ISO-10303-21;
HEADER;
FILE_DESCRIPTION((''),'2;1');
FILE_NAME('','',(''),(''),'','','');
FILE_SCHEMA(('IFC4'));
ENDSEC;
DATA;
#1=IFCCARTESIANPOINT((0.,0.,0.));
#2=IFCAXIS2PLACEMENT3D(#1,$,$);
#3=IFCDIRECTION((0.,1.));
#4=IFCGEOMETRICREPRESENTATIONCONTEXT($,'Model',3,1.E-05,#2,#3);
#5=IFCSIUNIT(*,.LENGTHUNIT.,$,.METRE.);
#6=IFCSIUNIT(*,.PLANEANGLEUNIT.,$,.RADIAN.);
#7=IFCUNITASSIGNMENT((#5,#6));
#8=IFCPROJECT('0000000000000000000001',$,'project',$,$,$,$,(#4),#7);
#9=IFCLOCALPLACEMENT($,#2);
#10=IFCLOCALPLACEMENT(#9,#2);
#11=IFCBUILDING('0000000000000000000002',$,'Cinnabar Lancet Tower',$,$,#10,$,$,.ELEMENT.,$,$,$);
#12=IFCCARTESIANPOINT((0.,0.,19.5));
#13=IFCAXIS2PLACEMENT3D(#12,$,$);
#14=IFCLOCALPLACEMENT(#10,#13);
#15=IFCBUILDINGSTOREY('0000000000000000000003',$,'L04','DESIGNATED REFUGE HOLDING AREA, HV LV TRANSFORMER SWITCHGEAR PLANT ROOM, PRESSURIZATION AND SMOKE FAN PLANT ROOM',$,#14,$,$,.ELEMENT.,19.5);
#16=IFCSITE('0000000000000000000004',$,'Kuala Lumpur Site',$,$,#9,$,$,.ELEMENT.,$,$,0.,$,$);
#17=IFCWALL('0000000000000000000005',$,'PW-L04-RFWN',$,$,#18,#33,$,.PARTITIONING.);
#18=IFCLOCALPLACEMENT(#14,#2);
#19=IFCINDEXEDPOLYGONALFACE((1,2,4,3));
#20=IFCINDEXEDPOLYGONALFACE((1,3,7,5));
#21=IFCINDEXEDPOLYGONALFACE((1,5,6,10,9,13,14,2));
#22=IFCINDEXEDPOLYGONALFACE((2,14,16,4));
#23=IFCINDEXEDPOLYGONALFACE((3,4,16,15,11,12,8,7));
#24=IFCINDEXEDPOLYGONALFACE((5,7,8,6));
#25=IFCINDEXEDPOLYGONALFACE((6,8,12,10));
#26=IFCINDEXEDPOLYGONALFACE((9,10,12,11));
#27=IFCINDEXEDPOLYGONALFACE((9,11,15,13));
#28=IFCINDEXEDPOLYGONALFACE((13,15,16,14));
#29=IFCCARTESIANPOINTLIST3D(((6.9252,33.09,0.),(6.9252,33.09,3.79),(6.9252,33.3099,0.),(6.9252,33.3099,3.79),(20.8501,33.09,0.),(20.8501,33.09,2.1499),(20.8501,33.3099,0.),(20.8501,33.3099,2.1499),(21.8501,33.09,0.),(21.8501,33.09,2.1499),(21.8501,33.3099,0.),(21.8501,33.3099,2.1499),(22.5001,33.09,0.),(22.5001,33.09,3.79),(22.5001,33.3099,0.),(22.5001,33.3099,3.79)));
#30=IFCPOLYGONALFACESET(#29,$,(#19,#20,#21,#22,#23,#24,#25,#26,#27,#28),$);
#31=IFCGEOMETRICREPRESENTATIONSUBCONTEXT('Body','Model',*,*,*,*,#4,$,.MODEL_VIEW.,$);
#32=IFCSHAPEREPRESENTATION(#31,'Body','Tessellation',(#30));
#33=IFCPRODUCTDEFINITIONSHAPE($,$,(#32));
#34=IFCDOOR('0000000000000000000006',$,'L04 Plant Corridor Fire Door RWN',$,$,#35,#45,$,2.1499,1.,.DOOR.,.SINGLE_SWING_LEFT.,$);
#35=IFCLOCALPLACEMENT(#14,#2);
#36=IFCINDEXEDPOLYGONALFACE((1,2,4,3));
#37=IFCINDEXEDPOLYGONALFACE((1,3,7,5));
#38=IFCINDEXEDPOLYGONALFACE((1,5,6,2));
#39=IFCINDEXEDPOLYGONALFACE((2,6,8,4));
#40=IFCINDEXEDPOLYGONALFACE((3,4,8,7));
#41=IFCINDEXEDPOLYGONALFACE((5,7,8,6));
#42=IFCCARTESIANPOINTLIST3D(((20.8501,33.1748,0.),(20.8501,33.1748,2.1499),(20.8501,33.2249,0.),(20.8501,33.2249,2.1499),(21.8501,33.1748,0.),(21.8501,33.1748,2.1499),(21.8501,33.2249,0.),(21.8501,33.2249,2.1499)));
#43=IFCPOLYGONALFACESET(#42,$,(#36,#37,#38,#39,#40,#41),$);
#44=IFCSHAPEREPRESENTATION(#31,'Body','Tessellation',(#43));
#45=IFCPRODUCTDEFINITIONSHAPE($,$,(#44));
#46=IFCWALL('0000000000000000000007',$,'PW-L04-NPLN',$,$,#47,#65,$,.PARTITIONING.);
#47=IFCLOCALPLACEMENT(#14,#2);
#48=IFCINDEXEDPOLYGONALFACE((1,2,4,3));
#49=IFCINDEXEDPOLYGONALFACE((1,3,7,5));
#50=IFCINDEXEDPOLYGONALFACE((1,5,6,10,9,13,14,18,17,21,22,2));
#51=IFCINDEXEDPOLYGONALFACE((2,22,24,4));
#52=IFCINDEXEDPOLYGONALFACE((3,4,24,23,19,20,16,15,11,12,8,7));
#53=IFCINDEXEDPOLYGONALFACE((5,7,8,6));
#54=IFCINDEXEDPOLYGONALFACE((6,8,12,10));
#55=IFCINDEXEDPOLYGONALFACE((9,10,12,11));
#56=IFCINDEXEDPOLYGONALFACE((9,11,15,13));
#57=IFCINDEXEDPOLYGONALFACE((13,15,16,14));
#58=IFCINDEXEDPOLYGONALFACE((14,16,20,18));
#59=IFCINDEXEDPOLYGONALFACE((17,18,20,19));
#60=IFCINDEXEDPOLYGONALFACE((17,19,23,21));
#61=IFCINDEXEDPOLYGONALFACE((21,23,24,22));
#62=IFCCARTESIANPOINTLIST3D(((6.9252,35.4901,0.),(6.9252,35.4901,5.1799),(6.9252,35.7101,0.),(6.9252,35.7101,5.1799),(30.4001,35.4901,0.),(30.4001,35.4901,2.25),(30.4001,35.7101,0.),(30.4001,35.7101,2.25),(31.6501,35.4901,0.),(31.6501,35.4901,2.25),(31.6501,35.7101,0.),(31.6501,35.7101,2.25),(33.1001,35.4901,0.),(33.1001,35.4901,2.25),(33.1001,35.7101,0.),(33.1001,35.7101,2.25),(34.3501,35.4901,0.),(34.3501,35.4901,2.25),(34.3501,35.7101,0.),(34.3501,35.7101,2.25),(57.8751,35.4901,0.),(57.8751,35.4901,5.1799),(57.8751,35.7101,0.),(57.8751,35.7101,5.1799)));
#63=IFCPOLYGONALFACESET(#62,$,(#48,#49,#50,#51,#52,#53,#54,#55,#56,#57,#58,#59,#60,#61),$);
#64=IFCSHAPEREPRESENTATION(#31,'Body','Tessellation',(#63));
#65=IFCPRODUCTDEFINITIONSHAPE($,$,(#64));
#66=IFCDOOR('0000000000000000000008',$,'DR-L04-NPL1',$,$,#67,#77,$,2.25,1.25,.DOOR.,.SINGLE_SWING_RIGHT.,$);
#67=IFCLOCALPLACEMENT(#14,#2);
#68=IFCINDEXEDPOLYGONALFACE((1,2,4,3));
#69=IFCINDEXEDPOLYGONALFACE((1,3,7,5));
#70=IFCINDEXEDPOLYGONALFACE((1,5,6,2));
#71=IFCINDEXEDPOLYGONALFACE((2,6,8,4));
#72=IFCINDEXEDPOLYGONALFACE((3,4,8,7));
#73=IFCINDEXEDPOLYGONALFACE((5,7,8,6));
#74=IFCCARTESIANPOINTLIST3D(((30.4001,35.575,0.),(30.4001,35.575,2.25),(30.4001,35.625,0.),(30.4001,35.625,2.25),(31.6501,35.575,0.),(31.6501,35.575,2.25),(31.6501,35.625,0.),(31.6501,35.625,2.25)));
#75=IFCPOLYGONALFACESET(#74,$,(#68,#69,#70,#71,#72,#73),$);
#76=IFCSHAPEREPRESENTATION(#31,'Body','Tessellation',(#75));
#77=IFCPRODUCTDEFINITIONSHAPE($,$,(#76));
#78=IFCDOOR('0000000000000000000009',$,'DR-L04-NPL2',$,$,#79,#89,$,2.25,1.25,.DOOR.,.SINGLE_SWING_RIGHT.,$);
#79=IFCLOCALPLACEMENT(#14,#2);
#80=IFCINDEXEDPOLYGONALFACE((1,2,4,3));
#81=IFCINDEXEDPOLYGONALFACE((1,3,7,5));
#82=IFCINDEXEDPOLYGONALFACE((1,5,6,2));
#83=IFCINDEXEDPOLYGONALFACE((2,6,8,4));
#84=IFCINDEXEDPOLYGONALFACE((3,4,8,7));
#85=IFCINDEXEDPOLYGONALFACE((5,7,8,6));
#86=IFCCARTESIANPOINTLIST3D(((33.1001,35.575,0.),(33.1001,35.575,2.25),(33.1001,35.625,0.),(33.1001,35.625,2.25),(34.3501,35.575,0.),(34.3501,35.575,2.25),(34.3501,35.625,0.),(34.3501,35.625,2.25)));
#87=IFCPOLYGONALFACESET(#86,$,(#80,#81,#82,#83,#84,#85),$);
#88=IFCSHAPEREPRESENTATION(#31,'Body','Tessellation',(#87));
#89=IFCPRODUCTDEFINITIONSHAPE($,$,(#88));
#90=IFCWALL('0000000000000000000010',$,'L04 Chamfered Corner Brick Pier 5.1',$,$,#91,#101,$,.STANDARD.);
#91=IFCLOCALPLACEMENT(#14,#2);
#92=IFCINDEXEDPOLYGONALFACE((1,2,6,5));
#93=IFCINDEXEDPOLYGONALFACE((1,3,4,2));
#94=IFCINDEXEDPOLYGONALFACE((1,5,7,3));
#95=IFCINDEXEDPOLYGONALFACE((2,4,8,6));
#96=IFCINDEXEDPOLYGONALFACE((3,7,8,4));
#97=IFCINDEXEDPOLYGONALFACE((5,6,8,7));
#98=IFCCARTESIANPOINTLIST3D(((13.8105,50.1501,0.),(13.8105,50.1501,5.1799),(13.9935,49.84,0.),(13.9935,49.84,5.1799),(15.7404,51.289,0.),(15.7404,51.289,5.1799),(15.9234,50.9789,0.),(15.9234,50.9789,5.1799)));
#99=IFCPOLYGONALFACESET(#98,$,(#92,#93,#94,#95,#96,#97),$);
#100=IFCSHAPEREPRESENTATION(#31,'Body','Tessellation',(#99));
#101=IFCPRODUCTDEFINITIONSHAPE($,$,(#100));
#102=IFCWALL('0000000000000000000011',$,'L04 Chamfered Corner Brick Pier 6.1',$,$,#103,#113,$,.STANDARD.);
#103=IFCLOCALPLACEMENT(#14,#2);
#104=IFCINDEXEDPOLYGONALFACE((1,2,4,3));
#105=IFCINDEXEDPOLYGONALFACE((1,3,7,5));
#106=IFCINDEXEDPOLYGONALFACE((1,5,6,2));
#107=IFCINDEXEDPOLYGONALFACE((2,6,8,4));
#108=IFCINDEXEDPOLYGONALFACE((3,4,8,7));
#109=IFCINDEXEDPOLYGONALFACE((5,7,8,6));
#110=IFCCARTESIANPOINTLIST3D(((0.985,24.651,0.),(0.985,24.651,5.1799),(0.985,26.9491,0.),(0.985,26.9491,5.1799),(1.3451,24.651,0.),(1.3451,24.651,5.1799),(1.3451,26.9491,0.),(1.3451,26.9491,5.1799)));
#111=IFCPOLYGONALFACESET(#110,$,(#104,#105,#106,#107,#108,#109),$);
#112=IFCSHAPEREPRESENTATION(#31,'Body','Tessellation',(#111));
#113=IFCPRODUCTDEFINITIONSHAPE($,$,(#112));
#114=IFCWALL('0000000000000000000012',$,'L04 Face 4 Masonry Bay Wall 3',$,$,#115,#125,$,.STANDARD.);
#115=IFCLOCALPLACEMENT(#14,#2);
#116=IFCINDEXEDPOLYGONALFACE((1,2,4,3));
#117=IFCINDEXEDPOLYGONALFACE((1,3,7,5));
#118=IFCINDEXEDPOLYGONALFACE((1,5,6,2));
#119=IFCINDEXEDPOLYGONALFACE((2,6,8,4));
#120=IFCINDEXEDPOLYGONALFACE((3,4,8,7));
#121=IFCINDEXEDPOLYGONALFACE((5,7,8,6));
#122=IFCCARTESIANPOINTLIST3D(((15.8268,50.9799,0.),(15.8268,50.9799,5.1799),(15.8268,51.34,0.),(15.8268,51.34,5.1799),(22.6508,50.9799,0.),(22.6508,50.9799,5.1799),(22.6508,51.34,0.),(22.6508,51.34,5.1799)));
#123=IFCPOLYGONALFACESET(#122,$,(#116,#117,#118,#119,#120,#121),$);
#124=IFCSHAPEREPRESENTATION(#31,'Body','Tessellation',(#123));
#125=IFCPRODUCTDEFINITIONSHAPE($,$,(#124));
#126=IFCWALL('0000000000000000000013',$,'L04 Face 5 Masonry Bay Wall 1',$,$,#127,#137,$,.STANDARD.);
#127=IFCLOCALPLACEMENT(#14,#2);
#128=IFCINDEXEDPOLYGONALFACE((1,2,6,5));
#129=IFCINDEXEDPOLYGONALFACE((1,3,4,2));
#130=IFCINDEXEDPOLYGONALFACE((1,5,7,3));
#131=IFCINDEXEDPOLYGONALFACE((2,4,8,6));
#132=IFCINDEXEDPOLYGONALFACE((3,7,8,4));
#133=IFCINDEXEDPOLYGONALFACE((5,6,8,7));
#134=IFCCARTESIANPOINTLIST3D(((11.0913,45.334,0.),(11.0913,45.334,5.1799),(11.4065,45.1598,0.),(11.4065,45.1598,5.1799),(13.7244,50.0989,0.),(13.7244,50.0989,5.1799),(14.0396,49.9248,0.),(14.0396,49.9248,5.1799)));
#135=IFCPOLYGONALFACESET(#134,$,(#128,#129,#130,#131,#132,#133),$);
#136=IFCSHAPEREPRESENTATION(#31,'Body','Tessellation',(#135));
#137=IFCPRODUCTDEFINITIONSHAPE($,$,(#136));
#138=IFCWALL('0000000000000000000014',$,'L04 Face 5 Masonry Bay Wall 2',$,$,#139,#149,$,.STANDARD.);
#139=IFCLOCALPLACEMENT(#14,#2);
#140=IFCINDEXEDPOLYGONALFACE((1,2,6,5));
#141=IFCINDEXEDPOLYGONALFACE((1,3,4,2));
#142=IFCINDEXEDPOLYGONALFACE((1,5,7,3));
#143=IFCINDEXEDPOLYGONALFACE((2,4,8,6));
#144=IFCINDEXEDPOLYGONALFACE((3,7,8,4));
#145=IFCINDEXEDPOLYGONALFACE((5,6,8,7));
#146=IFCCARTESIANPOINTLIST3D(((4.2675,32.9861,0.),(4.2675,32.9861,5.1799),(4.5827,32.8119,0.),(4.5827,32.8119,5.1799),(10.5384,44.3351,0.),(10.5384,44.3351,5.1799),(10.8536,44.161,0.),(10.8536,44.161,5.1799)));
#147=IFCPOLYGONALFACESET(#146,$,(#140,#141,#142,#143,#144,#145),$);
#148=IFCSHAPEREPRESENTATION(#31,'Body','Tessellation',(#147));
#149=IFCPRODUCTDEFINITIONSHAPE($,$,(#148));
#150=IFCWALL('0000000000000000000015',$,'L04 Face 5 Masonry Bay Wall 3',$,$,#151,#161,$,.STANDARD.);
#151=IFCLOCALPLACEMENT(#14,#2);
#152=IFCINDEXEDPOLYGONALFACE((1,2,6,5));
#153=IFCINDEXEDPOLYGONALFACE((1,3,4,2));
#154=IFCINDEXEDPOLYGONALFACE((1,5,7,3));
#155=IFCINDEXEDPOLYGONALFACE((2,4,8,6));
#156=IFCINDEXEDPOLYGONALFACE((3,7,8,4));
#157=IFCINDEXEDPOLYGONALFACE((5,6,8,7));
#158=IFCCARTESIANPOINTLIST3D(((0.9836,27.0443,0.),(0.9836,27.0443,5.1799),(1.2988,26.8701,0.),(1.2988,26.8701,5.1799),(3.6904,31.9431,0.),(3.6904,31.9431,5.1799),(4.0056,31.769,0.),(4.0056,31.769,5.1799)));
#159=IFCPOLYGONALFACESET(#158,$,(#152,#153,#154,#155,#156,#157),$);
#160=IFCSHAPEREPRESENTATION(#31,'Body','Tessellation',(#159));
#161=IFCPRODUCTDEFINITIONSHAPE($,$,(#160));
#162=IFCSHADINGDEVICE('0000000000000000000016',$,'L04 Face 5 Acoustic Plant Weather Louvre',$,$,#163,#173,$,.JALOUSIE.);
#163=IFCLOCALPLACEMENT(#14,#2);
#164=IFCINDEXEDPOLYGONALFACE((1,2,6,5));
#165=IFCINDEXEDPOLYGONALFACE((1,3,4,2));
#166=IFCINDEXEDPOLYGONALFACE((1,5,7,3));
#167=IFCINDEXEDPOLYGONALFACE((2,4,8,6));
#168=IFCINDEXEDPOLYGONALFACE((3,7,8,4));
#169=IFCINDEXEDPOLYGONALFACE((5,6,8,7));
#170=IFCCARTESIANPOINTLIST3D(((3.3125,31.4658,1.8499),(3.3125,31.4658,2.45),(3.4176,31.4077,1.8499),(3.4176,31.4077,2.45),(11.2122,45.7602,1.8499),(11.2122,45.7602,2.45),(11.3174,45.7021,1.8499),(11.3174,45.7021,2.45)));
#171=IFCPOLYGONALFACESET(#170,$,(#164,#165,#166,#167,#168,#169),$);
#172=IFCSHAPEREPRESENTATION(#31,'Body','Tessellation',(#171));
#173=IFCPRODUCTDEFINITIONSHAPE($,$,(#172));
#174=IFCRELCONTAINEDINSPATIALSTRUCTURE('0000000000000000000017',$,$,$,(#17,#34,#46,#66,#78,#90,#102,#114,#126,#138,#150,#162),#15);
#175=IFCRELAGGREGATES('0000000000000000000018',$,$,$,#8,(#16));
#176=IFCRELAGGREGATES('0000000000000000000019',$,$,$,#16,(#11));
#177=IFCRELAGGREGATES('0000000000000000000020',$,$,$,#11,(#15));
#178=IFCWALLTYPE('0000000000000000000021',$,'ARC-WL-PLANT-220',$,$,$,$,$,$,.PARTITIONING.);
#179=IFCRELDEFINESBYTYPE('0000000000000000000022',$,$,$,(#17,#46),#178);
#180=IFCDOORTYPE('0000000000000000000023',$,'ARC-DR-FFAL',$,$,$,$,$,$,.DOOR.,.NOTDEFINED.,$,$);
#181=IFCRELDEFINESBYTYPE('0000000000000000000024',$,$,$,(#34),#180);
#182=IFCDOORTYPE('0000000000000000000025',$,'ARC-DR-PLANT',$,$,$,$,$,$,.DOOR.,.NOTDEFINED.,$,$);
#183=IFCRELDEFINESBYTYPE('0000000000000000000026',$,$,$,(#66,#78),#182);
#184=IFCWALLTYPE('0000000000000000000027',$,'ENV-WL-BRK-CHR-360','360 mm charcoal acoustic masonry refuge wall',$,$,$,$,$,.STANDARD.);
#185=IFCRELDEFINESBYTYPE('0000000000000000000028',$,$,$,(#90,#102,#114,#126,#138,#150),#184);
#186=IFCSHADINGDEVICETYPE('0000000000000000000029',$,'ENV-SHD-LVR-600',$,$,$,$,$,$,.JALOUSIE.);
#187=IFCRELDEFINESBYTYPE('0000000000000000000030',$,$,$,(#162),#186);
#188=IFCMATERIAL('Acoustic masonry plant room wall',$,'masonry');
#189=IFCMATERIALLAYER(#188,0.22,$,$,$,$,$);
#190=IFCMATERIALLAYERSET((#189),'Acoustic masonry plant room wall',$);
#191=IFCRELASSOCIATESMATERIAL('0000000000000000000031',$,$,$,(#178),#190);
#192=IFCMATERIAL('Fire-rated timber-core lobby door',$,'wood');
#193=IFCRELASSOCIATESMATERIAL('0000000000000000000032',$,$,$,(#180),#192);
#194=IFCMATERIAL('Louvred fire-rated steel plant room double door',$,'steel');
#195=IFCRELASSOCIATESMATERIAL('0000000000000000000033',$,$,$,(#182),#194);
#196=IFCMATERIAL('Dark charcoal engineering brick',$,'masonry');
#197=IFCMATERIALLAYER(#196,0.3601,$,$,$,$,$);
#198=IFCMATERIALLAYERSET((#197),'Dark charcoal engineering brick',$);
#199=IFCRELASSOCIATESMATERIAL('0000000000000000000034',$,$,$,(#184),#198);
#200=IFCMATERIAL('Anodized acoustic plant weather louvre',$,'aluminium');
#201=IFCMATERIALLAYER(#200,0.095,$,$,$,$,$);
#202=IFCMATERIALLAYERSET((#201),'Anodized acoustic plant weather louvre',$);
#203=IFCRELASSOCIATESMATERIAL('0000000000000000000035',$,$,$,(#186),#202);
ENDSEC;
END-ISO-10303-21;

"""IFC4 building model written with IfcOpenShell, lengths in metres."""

from ifc_helpers import new_model, si_unit, direction, frame, frame_2d, origin, origin_2d, place, context, subcontext, project, spatial, rectangle, extrude, material, layer, layer_set, type_object, element, fill, save


model = new_model("IFC4")

# Units and contexts
model_context = context("Model", 3, precision=1e-05, world=origin(), true_north=direction((0.0, 1.0)))
body_context = subcontext(model_context, "Body", "Model", "MODEL_VIEW")
ifc_project = project(units=[si_unit("LENGTHUNIT", "METRE"), si_unit("PLANEANGLEUNIT", "RADIAN")], contexts=[model_context])

# Site, building, storey
site_placement = place(None, origin())
site = spatial("IfcSite", under=ifc_project, at=site_placement, Name="Kuala Lumpur Site", CompositionType="ELEMENT", RefElevation=0.0)
building_placement = place(site_placement, origin())
building = spatial("IfcBuilding", under=site, at=building_placement, Name="Cinnabar Lancet Tower", CompositionType="ELEMENT")
storey_placement = place(building_placement, frame((0.0, 0.0, 19.5)))
storey = spatial("IfcBuildingStorey", under=building, at=storey_placement, Name="L04", Description="DESIGNATED REFUGE HOLDING AREA, HV LV TRANSFORMER SWITCHGEAR PLANT ROOM, PRESSURIZATION AND SMOKE FAN PLANT ROOM", CompositionType="ELEMENT", Elevation=19.5)

# Wall, opening, door
ifc_material_1 = material(Name="Acoustic masonry plant room wall", Category="masonry")
ifc_layer_1 = layer(ifc_material_1, 0.22)
ifc_layer_set_1 = layer_set([ifc_layer_1], Name="Acoustic masonry plant room wall")
wall_type_1 = type_object("IfcWallType", Name="ARC-WL-PLANT-220", PredefinedType="PARTITIONING", material=ifc_layer_set_1)
wall_1_placement = place(storey_placement, frame((6.925, 33.2, 0.0), z_axis=(0.0, 0.0, 1.0), x_axis=(1.0, 0.0, 0.0)))
wall_1 = element("IfcWall", 1, at=wall_1_placement, inside=storey, type_object=wall_type_1, Name="PW-L04-RFWN", PredefinedType="PARTITIONING", context=body_context, shape_type="SweptSolid", body=[
    extrude(rectangle(XDim=15.575, YDim=0.22, at=frame_2d((7.7876, 0.0))), origin(), (0.0, 0.0, 1.0), 3.79),
])
opening_1_placement = place(wall_1_placement, frame((13.925, 0.0, 0.0)))
opening_1 = element("IfcOpeningElement", 2, at=opening_1_placement, cuts=wall_1, PredefinedType="OPENING", context=body_context, shape_type="SweptSolid", body=[
    extrude(rectangle(XDim=1.0, YDim=2.1499, at=frame_2d((0.5, 1.075))), frame((0.0, 0.1199, 0.0), z_axis=(0.0, -1.0, 0.0), x_axis=(1.0, 0.0, 0.0)), (0.0, 0.0, 1.0), 0.24),
])
ifc_material_2 = material(Name="Fire-rated timber-core lobby door", Category="wood")
door_type_1 = type_object("IfcDoorType", Name="ARC-DR-FFAL", OperationType="NOTDEFINED", PredefinedType="DOOR", material=ifc_material_2)
door_1_placement = place(opening_1_placement, origin())
door_1 = element("IfcDoor", 3, at=door_1_placement, inside=storey, type_object=door_type_1, Name="L04 Plant Corridor Fire Door RWN", OperationType="SINGLE_SWING_LEFT", OverallHeight=2.1499, OverallWidth=1.0, PredefinedType="DOOR", context=body_context, shape_type="SweptSolid", body=[
    extrude(rectangle(XDim=1.0, YDim=2.1499, at=frame_2d((0.5, 1.075))), frame((0.0, 0.0249, 0.0), z_axis=(0.0, -1.0, 0.0), x_axis=(1.0, 0.0, 0.0)), (0.0, 0.0, 1.0), 0.05),
])
fill(opening_1, door_1)

# Wall, openings, doors
wall_2_placement = place(storey_placement, frame((6.925, 35.6001, 0.0), z_axis=(0.0, 0.0, 1.0), x_axis=(1.0, 0.0, 0.0)))
wall_2 = element("IfcWall", 4, at=wall_2_placement, inside=storey, type_object=wall_type_1, Name="PW-L04-NPLN", PredefinedType="PARTITIONING", context=body_context, shape_type="SweptSolid", body=[
    extrude(rectangle(XDim=50.95, YDim=0.22, at=frame_2d((25.4751, 0.0))), origin(), (0.0, 0.0, 1.0), 5.1799),
])
opening_2_placement = place(wall_2_placement, frame((23.4751, 0.0, 0.0)))
opening_2 = element("IfcOpeningElement", 5, at=opening_2_placement, cuts=wall_2, PredefinedType="OPENING", context=body_context, shape_type="SweptSolid", body=[
    extrude(rectangle(XDim=1.25, YDim=2.25, at=frame_2d((0.625, 1.125))), frame((0.0, 0.1199, 0.0), z_axis=(0.0, -1.0, 0.0), x_axis=(1.0, 0.0, 0.0)), (0.0, 0.0, 1.0), 0.24),
])
opening_3_placement = place(wall_2_placement, frame((26.175, 0.0, 0.0)))
opening_3 = element("IfcOpeningElement", 6, at=opening_3_placement, cuts=wall_2, PredefinedType="OPENING", context=body_context, shape_type="SweptSolid", body=[
    extrude(rectangle(XDim=1.25, YDim=2.25, at=frame_2d((0.625, 1.125))), frame((0.0, 0.1199, 0.0), z_axis=(0.0, -1.0, 0.0), x_axis=(1.0, 0.0, 0.0)), (0.0, 0.0, 1.0), 0.24),
])
ifc_material_3 = material(Name="Louvred fire-rated steel plant room double door", Category="steel")
door_type_2 = type_object("IfcDoorType", Name="ARC-DR-PLANT", OperationType="NOTDEFINED", PredefinedType="DOOR", material=ifc_material_3)
door_2_placement = place(opening_2_placement, origin())
door_2 = element("IfcDoor", 7, at=door_2_placement, inside=storey, type_object=door_type_2, Name="DR-L04-NPL1", OperationType="SINGLE_SWING_RIGHT", OverallHeight=2.25, OverallWidth=1.25, PredefinedType="DOOR", context=body_context, shape_type="SweptSolid", body=[
    extrude(rectangle(XDim=1.25, YDim=2.25, at=frame_2d((0.625, 1.125))), frame((0.0, 0.0249, 0.0), z_axis=(0.0, -1.0, 0.0), x_axis=(1.0, 0.0, 0.0)), (0.0, 0.0, 1.0), 0.05),
])
fill(opening_2, door_2)
door_3_placement = place(opening_3_placement, origin())
door_3 = element("IfcDoor", 8, at=door_3_placement, inside=storey, type_object=door_type_2, Name="DR-L04-NPL2", OperationType="SINGLE_SWING_RIGHT", OverallHeight=2.25, OverallWidth=1.25, PredefinedType="DOOR", context=body_context, shape_type="SweptSolid", body=[
    extrude(rectangle(XDim=1.25, YDim=2.25, at=frame_2d((0.625, 1.125))), frame((0.0, 0.0249, 0.0), z_axis=(0.0, -1.0, 0.0), x_axis=(1.0, 0.0, 0.0)), (0.0, 0.0, 1.0), 0.05),
])
fill(opening_3, door_3)

# Walls
ifc_material_4 = material(Name="Dark charcoal engineering brick", Category="masonry")
ifc_layer_2 = layer(ifc_material_4, 0.3601)
ifc_layer_set_2 = layer_set([ifc_layer_2], Name="Dark charcoal engineering brick")
wall_type_2 = type_object("IfcWallType", Name="ENV-WL-BRK-CHR-360", Description="360 mm charcoal acoustic masonry refuge wall", PredefinedType="STANDARD", material=ifc_layer_set_2)
wall_3_placement = place(storey_placement, frame((15.832, 51.134, 0.0), z_axis=(0.0, 0.0, 1.0), x_axis=(-0.861219, -0.508234, 0.0)))
element("IfcWall", 9, at=wall_3_placement, inside=storey, type_object=wall_type_2, Name="L04 Chamfered Corner Brick Pier 5.1", PredefinedType="STANDARD", context=body_context, shape_type="SweptSolid", body=[
    extrude(rectangle(XDim=2.241, YDim=0.3601, at=frame_2d((1.1206, 0.0))), origin(), (0.0, 0.0, 1.0), 5.1799),
])
wall_4_placement = place(storey_placement, frame((1.165, 26.949, 0.0), z_axis=(0.0, 0.0, 1.0), x_axis=(0.0, -1.0, 0.0)))
element("IfcWall", 10, at=wall_4_placement, inside=storey, type_object=wall_type_2, Name="L04 Chamfered Corner Brick Pier 6.1", PredefinedType="STANDARD", context=body_context, shape_type="SweptSolid", body=[
    extrude(rectangle(XDim=2.2981, YDim=0.3601, at=frame_2d((1.1489, 0.0))), origin(), (0.0, 0.0, 1.0), 5.1799),
])
wall_5_placement = place(storey_placement, frame((22.6509, 51.1599, 0.0), z_axis=(0.0, 0.0, 1.0), x_axis=(-1.0, 0.0, 0.0)))
element("IfcWall", 11, at=wall_5_placement, inside=storey, type_object=wall_type_2, Name="L04 Face 4 Masonry Bay Wall 3", PredefinedType="STANDARD", context=body_context, shape_type="SweptSolid", body=[
    extrude(rectangle(XDim=6.824, YDim=0.3601, at=frame_2d((3.4121, 0.0))), origin(), (0.0, 0.0, 1.0), 5.1799),
])
wall_6_placement = place(storey_placement, frame((13.8821, 50.012, 0.0), z_axis=(0.0, 0.0, 1.0), x_axis=(-0.483662, -0.875255, 0.0)))
element("IfcWall", 12, at=wall_6_placement, inside=storey, type_object=wall_type_2, Name="L04 Face 5 Masonry Bay Wall 1", PredefinedType="STANDARD", context=body_context, shape_type="SweptSolid", body=[
    extrude(rectangle(XDim=5.4441, YDim=0.3601, at=frame_2d((2.7222, 0.0))), origin(), (0.0, 0.0, 1.0), 5.1799),
])
wall_7_placement = place(storey_placement, frame((10.696, 44.248, 0.0), z_axis=(0.0, 0.0, 1.0), x_axis=(-0.483634, -0.87527, 0.0)))
element("IfcWall", 13, at=wall_7_placement, inside=storey, type_object=wall_type_2, Name="L04 Face 5 Masonry Bay Wall 2", PredefinedType="STANDARD", context=body_context, shape_type="SweptSolid", body=[
    extrude(rectangle(XDim=12.9663, YDim=0.3601, at=frame_2d((6.4832, 0.0))), origin(), (0.0, 0.0, 1.0), 5.1799),
])
wall_8_placement = place(storey_placement, frame((3.8479, 31.856, 0.0), z_axis=(0.0, 0.0, 1.0), x_axis=(-0.483616, -0.87528, 0.0)))
element("IfcWall", 14, at=wall_8_placement, inside=storey, type_object=wall_type_2, Name="L04 Face 5 Masonry Bay Wall 3", PredefinedType="STANDARD", context=body_context, shape_type="SweptSolid", body=[
    extrude(rectangle(XDim=5.5969, YDim=0.3601, at=frame_2d((2.7983, 0.0))), origin(), (0.0, 0.0, 1.0), 5.1799),
])

# Shading device
ifc_material_5 = material(Name="Anodized acoustic plant weather louvre", Category="aluminium")
ifc_layer_3 = layer(ifc_material_5, 0.095)
ifc_layer_set_3 = layer_set([ifc_layer_3], Name="Anodized acoustic plant weather louvre")
shading_device_type = type_object("IfcShadingDeviceType", Name="ENV-SHD-LVR-600", PredefinedType="JALOUSIE", material=ifc_layer_set_3)
shading_device_placement = place(storey_placement, frame((7.3149, 38.584, 1.8499), z_axis=(0.0, 0.0, 1.0), x_axis=(-0.483695, -0.875237, 0.0)))
element("IfcShadingDevice", 15, at=shading_device_placement, inside=storey, type_object=shading_device_type, Name="L04 Face 5 Acoustic Plant Weather Louvre", PredefinedType="JALOUSIE", context=body_context, shape_type="SweptSolid", body=[
    extrude(rectangle(XDim=16.332, YDim=0.1201, at=origin_2d()), origin(), (0.0, 0.0, 1.0), 0.6001),
])

save(model, "model.ifc")
